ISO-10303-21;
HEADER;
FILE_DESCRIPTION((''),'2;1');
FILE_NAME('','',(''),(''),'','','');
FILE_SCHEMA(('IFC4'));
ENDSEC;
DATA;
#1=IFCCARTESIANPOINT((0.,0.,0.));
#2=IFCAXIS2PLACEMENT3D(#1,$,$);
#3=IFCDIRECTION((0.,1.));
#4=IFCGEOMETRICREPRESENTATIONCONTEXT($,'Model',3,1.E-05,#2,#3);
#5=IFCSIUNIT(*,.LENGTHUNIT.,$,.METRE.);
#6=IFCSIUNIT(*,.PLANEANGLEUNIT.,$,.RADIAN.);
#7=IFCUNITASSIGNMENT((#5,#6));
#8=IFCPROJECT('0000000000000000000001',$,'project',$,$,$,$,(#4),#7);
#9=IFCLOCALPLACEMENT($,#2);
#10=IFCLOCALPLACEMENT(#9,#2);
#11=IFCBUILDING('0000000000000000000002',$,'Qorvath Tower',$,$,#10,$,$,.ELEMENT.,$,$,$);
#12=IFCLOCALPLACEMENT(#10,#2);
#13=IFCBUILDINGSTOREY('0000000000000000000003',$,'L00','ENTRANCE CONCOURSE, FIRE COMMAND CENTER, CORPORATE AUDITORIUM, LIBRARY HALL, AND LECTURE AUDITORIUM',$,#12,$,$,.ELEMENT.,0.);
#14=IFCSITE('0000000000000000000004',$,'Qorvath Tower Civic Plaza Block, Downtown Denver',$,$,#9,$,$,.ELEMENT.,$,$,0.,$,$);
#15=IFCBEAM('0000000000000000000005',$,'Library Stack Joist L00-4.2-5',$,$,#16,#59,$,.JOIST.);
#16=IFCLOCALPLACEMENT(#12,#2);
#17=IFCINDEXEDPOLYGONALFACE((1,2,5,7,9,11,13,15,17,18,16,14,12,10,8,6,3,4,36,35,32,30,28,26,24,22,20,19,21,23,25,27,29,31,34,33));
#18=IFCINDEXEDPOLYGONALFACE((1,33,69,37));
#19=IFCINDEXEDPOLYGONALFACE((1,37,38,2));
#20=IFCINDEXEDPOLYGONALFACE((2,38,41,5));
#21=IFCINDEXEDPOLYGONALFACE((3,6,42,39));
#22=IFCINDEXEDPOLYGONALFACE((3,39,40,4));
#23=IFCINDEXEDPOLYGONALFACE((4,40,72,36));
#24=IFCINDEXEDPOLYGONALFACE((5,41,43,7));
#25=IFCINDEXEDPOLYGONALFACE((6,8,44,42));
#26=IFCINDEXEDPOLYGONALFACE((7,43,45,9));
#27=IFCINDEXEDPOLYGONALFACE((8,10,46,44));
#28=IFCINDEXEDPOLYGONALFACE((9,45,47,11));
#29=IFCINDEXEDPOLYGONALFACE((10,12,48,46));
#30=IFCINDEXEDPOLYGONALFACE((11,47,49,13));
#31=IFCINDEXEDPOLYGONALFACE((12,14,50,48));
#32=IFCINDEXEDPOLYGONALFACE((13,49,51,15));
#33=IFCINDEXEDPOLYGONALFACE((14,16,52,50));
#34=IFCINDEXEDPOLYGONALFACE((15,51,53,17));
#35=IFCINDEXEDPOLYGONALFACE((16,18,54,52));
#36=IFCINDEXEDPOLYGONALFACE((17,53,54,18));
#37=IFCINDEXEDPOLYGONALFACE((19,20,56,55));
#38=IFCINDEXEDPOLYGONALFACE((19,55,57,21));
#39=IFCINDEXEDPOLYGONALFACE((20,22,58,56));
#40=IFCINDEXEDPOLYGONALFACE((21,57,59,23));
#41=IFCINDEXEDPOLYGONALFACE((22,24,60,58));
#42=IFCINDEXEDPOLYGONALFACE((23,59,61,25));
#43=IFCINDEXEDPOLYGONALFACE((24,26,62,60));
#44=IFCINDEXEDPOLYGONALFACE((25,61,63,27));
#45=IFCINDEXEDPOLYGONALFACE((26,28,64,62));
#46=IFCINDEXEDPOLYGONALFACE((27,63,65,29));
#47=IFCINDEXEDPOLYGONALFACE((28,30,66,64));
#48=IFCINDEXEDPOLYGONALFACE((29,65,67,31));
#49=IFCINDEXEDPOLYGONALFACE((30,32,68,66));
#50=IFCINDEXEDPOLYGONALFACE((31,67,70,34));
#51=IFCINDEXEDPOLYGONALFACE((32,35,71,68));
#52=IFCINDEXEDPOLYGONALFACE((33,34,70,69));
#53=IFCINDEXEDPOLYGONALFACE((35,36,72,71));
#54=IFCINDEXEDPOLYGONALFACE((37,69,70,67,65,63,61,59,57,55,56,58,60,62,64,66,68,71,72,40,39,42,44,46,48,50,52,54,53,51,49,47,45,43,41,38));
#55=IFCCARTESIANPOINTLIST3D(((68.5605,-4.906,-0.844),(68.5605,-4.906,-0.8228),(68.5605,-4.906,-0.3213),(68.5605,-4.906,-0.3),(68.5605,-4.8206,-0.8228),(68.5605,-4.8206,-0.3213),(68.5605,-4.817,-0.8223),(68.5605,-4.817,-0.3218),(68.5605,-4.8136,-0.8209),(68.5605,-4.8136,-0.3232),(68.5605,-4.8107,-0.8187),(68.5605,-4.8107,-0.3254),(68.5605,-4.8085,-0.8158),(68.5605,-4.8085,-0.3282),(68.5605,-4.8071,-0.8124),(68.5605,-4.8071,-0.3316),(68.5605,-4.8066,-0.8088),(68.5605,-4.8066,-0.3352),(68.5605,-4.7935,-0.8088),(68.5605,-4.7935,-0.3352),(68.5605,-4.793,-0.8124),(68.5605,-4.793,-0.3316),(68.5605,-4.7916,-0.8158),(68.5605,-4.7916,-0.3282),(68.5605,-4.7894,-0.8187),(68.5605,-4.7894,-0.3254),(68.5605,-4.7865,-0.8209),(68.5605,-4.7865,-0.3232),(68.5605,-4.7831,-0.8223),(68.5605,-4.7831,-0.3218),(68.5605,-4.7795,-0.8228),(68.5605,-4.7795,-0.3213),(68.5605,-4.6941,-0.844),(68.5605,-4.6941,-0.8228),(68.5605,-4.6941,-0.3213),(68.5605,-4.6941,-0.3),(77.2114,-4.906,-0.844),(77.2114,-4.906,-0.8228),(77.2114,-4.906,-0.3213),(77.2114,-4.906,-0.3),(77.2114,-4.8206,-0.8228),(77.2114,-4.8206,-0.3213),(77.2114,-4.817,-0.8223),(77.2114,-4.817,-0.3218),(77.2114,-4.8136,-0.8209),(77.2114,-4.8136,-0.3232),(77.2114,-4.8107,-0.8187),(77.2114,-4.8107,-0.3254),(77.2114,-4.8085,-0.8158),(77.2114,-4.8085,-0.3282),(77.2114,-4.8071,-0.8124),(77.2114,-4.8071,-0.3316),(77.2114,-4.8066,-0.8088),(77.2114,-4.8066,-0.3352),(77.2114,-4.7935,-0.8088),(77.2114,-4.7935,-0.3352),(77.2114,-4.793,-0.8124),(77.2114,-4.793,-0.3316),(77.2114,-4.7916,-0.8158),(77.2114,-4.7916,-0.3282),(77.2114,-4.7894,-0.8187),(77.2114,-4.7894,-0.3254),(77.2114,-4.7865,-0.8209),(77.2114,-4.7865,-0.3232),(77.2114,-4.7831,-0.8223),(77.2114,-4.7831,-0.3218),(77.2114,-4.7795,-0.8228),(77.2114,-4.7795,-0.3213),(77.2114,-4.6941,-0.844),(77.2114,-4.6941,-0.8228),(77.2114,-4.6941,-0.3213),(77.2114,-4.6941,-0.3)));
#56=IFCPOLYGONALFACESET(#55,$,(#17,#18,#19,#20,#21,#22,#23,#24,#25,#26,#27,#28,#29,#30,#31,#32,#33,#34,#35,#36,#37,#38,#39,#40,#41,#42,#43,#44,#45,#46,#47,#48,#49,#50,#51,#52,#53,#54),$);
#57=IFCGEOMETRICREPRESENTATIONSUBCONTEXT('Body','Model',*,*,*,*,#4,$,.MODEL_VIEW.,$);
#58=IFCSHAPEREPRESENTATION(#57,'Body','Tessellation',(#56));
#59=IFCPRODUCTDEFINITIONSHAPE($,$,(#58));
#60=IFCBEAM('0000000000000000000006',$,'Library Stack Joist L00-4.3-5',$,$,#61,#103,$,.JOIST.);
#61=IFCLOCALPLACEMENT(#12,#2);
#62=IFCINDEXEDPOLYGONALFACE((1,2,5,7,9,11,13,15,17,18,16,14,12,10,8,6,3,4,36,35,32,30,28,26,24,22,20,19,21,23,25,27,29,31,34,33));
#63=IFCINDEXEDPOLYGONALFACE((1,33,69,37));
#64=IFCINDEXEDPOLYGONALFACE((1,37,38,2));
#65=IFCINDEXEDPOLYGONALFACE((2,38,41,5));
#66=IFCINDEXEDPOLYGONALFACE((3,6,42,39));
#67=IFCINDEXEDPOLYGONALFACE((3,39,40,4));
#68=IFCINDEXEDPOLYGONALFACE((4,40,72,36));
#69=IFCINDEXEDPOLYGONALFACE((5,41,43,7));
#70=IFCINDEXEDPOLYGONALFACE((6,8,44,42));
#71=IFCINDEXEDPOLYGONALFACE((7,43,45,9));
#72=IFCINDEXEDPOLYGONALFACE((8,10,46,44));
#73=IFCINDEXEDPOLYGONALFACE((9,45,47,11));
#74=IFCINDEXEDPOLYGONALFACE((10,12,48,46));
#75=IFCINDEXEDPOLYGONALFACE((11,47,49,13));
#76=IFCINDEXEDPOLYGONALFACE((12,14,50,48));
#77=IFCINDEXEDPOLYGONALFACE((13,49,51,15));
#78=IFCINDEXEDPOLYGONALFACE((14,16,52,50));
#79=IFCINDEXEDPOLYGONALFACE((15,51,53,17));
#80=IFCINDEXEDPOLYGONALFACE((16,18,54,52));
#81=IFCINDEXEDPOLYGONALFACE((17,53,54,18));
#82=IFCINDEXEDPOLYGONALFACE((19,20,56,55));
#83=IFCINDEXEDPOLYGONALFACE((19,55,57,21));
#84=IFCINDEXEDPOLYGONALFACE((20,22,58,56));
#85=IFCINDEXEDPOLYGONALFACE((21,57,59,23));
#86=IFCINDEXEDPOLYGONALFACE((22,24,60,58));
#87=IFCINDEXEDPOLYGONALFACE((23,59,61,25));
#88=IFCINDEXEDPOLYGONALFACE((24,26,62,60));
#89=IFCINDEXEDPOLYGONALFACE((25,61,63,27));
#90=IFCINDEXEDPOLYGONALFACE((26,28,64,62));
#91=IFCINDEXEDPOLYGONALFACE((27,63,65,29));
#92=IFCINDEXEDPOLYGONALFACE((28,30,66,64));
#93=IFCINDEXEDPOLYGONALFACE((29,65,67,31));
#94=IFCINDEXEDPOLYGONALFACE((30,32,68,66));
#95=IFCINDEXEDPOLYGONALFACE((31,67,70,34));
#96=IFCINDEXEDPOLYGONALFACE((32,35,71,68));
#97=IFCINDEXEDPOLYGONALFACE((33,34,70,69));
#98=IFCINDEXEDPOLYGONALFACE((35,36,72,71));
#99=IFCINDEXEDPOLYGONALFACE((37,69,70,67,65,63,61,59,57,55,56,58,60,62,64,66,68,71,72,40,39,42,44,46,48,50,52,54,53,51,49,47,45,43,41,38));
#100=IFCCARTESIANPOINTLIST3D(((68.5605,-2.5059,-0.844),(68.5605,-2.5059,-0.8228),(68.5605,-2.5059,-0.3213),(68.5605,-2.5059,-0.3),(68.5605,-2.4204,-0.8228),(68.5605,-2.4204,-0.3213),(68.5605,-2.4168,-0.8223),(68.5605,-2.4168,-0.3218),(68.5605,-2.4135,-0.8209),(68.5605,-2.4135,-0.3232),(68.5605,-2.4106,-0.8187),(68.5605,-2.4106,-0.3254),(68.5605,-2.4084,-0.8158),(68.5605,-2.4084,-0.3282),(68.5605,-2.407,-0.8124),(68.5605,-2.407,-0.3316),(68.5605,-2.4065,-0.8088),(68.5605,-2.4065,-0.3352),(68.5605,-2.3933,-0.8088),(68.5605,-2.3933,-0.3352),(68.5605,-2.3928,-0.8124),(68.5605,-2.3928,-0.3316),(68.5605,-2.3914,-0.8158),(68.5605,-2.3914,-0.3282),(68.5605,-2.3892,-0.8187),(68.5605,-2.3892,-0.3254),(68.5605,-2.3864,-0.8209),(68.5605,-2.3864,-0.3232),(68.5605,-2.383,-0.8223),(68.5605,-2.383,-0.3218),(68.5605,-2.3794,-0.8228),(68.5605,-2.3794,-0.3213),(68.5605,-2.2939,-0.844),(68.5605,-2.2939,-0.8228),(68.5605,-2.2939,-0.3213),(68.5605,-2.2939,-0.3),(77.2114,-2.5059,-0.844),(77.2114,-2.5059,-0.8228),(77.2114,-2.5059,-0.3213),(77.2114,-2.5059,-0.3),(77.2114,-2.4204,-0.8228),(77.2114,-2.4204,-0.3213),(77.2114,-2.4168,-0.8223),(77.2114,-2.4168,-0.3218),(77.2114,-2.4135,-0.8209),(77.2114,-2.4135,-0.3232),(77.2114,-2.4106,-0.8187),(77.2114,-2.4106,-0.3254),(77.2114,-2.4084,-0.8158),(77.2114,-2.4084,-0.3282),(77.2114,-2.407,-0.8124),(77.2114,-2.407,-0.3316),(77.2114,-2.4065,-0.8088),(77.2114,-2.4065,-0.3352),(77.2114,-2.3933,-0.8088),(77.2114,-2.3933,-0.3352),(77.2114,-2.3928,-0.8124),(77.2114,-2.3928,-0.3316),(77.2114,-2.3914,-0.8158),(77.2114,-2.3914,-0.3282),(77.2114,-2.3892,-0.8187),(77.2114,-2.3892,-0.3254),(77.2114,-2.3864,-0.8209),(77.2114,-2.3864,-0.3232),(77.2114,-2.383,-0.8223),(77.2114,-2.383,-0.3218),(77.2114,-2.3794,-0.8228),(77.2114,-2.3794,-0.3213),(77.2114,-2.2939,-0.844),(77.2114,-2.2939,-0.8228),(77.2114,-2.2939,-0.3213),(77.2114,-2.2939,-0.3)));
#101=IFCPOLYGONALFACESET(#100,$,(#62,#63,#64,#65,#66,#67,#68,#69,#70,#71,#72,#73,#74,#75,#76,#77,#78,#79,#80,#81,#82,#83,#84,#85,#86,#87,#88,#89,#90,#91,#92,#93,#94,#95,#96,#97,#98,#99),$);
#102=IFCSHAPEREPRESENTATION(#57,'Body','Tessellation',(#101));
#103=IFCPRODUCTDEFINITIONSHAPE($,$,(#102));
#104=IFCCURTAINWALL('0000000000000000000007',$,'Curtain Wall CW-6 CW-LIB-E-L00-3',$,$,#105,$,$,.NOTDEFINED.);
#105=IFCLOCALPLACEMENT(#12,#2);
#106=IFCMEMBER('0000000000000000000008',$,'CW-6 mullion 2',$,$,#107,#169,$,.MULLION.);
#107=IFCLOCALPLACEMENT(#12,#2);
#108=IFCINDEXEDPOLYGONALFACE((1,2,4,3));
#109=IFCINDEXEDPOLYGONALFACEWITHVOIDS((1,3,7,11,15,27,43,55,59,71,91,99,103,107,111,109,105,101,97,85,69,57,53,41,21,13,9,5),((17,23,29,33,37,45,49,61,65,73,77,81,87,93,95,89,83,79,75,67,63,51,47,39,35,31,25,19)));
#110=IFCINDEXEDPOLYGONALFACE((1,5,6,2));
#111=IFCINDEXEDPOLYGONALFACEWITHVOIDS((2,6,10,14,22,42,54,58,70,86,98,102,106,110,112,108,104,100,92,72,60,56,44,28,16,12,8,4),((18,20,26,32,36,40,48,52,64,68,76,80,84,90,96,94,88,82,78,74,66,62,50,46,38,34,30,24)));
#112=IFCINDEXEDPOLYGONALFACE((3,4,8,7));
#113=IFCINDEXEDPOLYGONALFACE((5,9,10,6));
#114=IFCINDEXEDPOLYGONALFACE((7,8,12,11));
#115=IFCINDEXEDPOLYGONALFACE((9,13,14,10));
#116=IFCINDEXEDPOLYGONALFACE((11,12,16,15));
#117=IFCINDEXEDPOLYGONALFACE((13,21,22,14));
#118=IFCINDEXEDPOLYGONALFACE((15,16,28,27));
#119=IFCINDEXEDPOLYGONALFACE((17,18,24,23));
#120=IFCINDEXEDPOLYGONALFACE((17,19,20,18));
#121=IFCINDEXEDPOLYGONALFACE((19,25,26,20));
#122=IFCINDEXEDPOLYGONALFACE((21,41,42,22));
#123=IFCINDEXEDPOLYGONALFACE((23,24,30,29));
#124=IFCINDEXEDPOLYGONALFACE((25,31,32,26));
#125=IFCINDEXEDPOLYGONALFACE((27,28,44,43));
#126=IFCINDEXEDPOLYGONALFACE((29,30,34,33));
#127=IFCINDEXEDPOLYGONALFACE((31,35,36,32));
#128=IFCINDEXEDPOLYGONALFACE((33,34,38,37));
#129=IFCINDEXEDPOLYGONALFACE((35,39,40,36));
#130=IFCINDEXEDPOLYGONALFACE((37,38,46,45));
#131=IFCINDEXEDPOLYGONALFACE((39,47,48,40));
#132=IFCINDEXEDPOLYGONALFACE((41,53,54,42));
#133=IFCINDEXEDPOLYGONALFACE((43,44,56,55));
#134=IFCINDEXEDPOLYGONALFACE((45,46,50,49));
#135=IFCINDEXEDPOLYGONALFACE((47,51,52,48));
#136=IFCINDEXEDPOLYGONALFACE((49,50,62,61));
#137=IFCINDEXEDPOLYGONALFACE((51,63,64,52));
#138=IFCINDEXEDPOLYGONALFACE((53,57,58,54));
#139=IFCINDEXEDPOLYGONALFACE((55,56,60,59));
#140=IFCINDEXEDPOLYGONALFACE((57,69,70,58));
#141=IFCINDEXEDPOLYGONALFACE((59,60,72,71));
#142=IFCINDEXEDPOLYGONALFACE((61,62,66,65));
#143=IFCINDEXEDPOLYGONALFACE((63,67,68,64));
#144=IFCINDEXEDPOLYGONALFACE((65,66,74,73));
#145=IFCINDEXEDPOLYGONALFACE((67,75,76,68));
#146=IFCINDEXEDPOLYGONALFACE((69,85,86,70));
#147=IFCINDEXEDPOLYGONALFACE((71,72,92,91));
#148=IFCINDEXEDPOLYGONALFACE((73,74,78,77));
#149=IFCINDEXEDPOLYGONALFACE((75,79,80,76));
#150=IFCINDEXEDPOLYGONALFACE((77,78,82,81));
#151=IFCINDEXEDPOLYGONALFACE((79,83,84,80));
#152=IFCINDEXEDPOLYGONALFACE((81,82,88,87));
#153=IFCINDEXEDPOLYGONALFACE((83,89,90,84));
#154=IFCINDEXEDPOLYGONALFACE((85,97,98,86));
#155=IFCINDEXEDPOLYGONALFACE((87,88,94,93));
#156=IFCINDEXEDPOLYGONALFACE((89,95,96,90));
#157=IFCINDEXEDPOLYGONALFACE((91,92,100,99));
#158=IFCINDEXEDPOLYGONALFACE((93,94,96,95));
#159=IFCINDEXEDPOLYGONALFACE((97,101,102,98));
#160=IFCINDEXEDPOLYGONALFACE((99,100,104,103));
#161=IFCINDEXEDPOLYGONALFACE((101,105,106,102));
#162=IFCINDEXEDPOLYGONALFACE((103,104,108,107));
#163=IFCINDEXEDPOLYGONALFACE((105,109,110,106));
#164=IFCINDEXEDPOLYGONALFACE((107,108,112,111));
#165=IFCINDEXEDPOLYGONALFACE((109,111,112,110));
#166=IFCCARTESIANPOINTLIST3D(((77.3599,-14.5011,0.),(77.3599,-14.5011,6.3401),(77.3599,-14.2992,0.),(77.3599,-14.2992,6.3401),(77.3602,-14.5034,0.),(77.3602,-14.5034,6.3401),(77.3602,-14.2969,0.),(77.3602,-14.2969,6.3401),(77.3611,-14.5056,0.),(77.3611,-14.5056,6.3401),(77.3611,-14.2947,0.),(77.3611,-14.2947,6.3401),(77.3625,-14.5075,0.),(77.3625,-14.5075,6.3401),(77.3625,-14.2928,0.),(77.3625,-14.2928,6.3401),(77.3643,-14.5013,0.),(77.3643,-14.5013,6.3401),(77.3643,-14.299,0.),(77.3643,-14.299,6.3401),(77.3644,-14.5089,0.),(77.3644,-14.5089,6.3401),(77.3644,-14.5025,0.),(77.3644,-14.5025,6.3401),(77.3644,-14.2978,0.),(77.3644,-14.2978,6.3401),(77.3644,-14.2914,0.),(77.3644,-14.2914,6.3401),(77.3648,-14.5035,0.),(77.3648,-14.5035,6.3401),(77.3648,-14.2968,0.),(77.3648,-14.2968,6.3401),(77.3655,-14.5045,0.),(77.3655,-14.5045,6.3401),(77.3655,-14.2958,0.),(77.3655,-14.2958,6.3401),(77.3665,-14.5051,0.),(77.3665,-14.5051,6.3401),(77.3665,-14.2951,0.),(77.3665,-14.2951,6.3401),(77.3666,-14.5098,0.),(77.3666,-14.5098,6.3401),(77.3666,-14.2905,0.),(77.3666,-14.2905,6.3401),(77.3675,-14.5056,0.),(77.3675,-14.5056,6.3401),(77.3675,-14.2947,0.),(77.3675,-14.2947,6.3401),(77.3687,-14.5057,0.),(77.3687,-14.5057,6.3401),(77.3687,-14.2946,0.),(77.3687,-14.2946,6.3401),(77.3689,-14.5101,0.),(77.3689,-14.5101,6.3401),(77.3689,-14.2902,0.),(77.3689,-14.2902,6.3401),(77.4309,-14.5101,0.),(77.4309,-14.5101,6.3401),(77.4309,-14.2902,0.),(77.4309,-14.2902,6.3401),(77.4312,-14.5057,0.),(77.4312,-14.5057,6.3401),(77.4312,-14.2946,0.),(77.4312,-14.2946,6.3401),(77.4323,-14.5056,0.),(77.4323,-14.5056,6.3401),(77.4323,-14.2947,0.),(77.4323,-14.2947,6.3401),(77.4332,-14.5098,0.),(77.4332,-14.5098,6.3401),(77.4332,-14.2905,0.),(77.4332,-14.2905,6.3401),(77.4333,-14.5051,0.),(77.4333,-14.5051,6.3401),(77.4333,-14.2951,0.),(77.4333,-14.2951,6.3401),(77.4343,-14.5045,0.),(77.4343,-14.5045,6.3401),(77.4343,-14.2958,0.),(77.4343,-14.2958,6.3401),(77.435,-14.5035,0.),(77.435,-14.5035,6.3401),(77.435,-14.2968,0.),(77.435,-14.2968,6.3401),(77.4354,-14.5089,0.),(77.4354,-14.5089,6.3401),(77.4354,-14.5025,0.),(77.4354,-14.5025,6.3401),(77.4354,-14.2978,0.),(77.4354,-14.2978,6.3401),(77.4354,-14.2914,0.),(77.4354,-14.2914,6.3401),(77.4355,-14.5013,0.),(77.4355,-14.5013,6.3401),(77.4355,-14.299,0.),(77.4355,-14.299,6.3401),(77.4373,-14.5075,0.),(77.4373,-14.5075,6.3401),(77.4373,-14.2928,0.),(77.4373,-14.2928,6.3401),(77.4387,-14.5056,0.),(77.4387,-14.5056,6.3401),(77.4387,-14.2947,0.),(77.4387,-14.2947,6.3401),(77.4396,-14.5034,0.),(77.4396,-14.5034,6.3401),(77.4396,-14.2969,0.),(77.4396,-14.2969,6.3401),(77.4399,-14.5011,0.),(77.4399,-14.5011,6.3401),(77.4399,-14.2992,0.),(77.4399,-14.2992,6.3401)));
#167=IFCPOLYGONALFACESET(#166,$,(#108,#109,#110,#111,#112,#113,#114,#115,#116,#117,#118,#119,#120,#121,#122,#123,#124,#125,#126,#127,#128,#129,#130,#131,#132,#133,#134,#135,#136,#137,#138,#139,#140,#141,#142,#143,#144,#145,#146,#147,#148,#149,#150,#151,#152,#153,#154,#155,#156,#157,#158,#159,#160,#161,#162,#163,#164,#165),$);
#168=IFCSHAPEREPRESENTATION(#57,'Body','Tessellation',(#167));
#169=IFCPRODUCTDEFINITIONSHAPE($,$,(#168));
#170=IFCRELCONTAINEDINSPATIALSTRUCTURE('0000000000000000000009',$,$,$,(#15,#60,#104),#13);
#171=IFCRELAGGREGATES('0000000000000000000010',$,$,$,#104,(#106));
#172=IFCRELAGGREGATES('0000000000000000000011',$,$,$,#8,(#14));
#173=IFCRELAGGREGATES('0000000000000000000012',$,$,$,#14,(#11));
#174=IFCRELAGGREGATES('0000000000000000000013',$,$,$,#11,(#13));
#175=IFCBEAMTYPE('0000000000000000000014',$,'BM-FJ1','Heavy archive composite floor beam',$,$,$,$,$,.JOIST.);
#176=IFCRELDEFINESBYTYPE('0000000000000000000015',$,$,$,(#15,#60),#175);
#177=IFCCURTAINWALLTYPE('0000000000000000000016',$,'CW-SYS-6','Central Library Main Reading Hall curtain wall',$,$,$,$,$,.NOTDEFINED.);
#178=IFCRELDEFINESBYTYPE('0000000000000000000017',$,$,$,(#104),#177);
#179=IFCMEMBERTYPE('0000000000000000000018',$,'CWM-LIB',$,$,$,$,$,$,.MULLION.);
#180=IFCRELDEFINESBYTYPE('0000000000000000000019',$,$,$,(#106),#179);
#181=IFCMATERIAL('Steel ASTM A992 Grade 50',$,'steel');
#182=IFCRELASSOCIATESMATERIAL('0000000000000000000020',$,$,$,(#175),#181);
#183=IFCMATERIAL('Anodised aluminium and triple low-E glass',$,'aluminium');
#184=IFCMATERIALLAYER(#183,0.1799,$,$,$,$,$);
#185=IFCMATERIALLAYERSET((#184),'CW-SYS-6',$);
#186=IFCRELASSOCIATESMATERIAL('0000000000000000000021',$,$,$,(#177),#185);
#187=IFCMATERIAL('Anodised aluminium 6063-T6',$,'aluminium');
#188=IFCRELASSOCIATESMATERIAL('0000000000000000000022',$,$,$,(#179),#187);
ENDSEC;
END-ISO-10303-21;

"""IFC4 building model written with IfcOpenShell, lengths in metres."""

from ifc_helpers import new_model, si_unit, direction, frame, origin, origin_2d, place, context, subcontext, project, spatial, hollow_rectangle, i_section, extrude, material, layer, layer_set, material_profile, profile_set, type_object, element, aggregate, save


model = new_model("IFC4")

# Units and contexts
model_context = context("Model", 3, precision=1e-05, world=origin(), true_north=direction((0.0, 1.0)))
body_context = subcontext(model_context, "Body", "Model", "MODEL_VIEW")
ifc_project = project(units=[si_unit("LENGTHUNIT", "METRE"), si_unit("PLANEANGLEUNIT", "RADIAN")], contexts=[model_context])

# Site, building, storey
site_placement = place(None, origin())
site = spatial("IfcSite", under=ifc_project, at=site_placement, Name="Qorvath Tower Civic Plaza Block, Downtown Denver", CompositionType="ELEMENT", RefElevation=0.0)
building_placement = place(site_placement, origin())
building = spatial("IfcBuilding", under=site, at=building_placement, Name="Qorvath Tower", CompositionType="ELEMENT")
storey_placement = place(building_placement, origin())
storey = spatial("IfcBuildingStorey", under=building, at=storey_placement, Name="L00", Description="ENTRANCE CONCOURSE, FIRE COMMAND CENTER, CORPORATE AUDITORIUM, LIBRARY HALL, AND LECTURE AUDITORIUM", CompositionType="ELEMENT", Elevation=0.0)

# Beams
ifc_material_1 = material(Name="Steel ASTM A992 Grade 50", Category="steel")
ifc_material_profile_1 = material_profile(ifc_material_1, i_section(OverallWidth=0.2119, OverallDepth=0.5439, WebThickness=0.0132, FlangeThickness=0.0212, FilletRadius=0.0139, at=origin_2d()), Name="W21x83")
ifc_profile_set_1 = profile_set([ifc_material_profile_1], Name="Steel ASTM A992 Grade 50")
beam_type_1 = type_object("IfcBeamType", Name="BM-FJ1", Description="Heavy archive composite floor beam", PredefinedType="JOIST", material=ifc_profile_set_1)
for number, where, z_axis, x_axis, name in (
    (1, (68.5605, -4.8, -0.572), (1.0, 0.0, 0.0), (0.0, 1.0, 0.0), "Library Stack Joist L00-4.2-5"),
    (2, (68.5605, -2.3999, -0.572), (1.0, 0.0, 0.0), (0.0, 1.0, 0.0), "Library Stack Joist L00-4.3-5"),
):
    element("IfcBeam", number, at=place(storey_placement, frame(where, z_axis=z_axis, x_axis=x_axis)), inside=storey, type_object=beam_type_1, Name=name, PredefinedType="JOIST", context=body_context, shape_type="SweptSolid", body=[
        extrude(i_section(OverallWidth=0.2119, OverallDepth=0.5439, WebThickness=0.0132, FlangeThickness=0.0212, FilletRadius=0.0139, at=origin_2d()), origin(), (0.0, 0.0, 1.0), 8.6509),
    ])

# Curtain wall, member
ifc_material_2 = material(Name="Anodised aluminium and triple low-E glass", Category="aluminium")
ifc_layer_1 = layer(ifc_material_2, 0.1799)
ifc_layer_set_1 = layer_set([ifc_layer_1], Name="CW-SYS-6")
curtain_wall_type = type_object("IfcCurtainWallType", Name="CW-SYS-6", Description="Central Library Main Reading Hall curtain wall", PredefinedType="NOTDEFINED", material=ifc_layer_set_1)
curtain_wall_1_placement = place(storey_placement, origin())
curtain_wall_1 = element("IfcCurtainWall", 3, at=curtain_wall_1_placement, inside=storey, type_object=curtain_wall_type, Name="Curtain Wall CW-6 CW-LIB-E-L00-3", PredefinedType="NOTDEFINED")
ifc_material_3 = material(Name="Anodised aluminium 6063-T6", Category="aluminium")
ifc_material_profile_2 = material_profile(ifc_material_3, hollow_rectangle(XDim=0.0801, YDim=0.22, WallThickness=0.0044, InnerFilletRadius=0.0044, OuterFilletRadius=0.009, at=origin_2d()), Name="CWM LIB 220x80")
ifc_profile_set_2 = profile_set([ifc_material_profile_2], Name="Anodised aluminium 6063-T6")
member_type_1 = type_object("IfcMemberType", Name="CWM-LIB", PredefinedType="MULLION", material=ifc_profile_set_2)
member_1_placement = place(storey_placement, frame((77.3999, -14.4001, 0.0), z_axis=(0.0, 0.0, 1.0), x_axis=(-1.0, 0.0, 0.0)))
member_1 = element("IfcMember", 4, at=member_1_placement, type_object=member_type_1, Name="CW-6 mullion 2", PredefinedType="MULLION", context=body_context, shape_type="SweptSolid", body=[
    extrude(hollow_rectangle(XDim=0.0801, YDim=0.22, WallThickness=0.0044, InnerFilletRadius=0.0044, OuterFilletRadius=0.009, at=origin_2d()), origin(), (0.0, 0.0, 1.0), 6.3401),
])

aggregate(curtain_wall_1, [member_1])

save(model, "model.ifc")
